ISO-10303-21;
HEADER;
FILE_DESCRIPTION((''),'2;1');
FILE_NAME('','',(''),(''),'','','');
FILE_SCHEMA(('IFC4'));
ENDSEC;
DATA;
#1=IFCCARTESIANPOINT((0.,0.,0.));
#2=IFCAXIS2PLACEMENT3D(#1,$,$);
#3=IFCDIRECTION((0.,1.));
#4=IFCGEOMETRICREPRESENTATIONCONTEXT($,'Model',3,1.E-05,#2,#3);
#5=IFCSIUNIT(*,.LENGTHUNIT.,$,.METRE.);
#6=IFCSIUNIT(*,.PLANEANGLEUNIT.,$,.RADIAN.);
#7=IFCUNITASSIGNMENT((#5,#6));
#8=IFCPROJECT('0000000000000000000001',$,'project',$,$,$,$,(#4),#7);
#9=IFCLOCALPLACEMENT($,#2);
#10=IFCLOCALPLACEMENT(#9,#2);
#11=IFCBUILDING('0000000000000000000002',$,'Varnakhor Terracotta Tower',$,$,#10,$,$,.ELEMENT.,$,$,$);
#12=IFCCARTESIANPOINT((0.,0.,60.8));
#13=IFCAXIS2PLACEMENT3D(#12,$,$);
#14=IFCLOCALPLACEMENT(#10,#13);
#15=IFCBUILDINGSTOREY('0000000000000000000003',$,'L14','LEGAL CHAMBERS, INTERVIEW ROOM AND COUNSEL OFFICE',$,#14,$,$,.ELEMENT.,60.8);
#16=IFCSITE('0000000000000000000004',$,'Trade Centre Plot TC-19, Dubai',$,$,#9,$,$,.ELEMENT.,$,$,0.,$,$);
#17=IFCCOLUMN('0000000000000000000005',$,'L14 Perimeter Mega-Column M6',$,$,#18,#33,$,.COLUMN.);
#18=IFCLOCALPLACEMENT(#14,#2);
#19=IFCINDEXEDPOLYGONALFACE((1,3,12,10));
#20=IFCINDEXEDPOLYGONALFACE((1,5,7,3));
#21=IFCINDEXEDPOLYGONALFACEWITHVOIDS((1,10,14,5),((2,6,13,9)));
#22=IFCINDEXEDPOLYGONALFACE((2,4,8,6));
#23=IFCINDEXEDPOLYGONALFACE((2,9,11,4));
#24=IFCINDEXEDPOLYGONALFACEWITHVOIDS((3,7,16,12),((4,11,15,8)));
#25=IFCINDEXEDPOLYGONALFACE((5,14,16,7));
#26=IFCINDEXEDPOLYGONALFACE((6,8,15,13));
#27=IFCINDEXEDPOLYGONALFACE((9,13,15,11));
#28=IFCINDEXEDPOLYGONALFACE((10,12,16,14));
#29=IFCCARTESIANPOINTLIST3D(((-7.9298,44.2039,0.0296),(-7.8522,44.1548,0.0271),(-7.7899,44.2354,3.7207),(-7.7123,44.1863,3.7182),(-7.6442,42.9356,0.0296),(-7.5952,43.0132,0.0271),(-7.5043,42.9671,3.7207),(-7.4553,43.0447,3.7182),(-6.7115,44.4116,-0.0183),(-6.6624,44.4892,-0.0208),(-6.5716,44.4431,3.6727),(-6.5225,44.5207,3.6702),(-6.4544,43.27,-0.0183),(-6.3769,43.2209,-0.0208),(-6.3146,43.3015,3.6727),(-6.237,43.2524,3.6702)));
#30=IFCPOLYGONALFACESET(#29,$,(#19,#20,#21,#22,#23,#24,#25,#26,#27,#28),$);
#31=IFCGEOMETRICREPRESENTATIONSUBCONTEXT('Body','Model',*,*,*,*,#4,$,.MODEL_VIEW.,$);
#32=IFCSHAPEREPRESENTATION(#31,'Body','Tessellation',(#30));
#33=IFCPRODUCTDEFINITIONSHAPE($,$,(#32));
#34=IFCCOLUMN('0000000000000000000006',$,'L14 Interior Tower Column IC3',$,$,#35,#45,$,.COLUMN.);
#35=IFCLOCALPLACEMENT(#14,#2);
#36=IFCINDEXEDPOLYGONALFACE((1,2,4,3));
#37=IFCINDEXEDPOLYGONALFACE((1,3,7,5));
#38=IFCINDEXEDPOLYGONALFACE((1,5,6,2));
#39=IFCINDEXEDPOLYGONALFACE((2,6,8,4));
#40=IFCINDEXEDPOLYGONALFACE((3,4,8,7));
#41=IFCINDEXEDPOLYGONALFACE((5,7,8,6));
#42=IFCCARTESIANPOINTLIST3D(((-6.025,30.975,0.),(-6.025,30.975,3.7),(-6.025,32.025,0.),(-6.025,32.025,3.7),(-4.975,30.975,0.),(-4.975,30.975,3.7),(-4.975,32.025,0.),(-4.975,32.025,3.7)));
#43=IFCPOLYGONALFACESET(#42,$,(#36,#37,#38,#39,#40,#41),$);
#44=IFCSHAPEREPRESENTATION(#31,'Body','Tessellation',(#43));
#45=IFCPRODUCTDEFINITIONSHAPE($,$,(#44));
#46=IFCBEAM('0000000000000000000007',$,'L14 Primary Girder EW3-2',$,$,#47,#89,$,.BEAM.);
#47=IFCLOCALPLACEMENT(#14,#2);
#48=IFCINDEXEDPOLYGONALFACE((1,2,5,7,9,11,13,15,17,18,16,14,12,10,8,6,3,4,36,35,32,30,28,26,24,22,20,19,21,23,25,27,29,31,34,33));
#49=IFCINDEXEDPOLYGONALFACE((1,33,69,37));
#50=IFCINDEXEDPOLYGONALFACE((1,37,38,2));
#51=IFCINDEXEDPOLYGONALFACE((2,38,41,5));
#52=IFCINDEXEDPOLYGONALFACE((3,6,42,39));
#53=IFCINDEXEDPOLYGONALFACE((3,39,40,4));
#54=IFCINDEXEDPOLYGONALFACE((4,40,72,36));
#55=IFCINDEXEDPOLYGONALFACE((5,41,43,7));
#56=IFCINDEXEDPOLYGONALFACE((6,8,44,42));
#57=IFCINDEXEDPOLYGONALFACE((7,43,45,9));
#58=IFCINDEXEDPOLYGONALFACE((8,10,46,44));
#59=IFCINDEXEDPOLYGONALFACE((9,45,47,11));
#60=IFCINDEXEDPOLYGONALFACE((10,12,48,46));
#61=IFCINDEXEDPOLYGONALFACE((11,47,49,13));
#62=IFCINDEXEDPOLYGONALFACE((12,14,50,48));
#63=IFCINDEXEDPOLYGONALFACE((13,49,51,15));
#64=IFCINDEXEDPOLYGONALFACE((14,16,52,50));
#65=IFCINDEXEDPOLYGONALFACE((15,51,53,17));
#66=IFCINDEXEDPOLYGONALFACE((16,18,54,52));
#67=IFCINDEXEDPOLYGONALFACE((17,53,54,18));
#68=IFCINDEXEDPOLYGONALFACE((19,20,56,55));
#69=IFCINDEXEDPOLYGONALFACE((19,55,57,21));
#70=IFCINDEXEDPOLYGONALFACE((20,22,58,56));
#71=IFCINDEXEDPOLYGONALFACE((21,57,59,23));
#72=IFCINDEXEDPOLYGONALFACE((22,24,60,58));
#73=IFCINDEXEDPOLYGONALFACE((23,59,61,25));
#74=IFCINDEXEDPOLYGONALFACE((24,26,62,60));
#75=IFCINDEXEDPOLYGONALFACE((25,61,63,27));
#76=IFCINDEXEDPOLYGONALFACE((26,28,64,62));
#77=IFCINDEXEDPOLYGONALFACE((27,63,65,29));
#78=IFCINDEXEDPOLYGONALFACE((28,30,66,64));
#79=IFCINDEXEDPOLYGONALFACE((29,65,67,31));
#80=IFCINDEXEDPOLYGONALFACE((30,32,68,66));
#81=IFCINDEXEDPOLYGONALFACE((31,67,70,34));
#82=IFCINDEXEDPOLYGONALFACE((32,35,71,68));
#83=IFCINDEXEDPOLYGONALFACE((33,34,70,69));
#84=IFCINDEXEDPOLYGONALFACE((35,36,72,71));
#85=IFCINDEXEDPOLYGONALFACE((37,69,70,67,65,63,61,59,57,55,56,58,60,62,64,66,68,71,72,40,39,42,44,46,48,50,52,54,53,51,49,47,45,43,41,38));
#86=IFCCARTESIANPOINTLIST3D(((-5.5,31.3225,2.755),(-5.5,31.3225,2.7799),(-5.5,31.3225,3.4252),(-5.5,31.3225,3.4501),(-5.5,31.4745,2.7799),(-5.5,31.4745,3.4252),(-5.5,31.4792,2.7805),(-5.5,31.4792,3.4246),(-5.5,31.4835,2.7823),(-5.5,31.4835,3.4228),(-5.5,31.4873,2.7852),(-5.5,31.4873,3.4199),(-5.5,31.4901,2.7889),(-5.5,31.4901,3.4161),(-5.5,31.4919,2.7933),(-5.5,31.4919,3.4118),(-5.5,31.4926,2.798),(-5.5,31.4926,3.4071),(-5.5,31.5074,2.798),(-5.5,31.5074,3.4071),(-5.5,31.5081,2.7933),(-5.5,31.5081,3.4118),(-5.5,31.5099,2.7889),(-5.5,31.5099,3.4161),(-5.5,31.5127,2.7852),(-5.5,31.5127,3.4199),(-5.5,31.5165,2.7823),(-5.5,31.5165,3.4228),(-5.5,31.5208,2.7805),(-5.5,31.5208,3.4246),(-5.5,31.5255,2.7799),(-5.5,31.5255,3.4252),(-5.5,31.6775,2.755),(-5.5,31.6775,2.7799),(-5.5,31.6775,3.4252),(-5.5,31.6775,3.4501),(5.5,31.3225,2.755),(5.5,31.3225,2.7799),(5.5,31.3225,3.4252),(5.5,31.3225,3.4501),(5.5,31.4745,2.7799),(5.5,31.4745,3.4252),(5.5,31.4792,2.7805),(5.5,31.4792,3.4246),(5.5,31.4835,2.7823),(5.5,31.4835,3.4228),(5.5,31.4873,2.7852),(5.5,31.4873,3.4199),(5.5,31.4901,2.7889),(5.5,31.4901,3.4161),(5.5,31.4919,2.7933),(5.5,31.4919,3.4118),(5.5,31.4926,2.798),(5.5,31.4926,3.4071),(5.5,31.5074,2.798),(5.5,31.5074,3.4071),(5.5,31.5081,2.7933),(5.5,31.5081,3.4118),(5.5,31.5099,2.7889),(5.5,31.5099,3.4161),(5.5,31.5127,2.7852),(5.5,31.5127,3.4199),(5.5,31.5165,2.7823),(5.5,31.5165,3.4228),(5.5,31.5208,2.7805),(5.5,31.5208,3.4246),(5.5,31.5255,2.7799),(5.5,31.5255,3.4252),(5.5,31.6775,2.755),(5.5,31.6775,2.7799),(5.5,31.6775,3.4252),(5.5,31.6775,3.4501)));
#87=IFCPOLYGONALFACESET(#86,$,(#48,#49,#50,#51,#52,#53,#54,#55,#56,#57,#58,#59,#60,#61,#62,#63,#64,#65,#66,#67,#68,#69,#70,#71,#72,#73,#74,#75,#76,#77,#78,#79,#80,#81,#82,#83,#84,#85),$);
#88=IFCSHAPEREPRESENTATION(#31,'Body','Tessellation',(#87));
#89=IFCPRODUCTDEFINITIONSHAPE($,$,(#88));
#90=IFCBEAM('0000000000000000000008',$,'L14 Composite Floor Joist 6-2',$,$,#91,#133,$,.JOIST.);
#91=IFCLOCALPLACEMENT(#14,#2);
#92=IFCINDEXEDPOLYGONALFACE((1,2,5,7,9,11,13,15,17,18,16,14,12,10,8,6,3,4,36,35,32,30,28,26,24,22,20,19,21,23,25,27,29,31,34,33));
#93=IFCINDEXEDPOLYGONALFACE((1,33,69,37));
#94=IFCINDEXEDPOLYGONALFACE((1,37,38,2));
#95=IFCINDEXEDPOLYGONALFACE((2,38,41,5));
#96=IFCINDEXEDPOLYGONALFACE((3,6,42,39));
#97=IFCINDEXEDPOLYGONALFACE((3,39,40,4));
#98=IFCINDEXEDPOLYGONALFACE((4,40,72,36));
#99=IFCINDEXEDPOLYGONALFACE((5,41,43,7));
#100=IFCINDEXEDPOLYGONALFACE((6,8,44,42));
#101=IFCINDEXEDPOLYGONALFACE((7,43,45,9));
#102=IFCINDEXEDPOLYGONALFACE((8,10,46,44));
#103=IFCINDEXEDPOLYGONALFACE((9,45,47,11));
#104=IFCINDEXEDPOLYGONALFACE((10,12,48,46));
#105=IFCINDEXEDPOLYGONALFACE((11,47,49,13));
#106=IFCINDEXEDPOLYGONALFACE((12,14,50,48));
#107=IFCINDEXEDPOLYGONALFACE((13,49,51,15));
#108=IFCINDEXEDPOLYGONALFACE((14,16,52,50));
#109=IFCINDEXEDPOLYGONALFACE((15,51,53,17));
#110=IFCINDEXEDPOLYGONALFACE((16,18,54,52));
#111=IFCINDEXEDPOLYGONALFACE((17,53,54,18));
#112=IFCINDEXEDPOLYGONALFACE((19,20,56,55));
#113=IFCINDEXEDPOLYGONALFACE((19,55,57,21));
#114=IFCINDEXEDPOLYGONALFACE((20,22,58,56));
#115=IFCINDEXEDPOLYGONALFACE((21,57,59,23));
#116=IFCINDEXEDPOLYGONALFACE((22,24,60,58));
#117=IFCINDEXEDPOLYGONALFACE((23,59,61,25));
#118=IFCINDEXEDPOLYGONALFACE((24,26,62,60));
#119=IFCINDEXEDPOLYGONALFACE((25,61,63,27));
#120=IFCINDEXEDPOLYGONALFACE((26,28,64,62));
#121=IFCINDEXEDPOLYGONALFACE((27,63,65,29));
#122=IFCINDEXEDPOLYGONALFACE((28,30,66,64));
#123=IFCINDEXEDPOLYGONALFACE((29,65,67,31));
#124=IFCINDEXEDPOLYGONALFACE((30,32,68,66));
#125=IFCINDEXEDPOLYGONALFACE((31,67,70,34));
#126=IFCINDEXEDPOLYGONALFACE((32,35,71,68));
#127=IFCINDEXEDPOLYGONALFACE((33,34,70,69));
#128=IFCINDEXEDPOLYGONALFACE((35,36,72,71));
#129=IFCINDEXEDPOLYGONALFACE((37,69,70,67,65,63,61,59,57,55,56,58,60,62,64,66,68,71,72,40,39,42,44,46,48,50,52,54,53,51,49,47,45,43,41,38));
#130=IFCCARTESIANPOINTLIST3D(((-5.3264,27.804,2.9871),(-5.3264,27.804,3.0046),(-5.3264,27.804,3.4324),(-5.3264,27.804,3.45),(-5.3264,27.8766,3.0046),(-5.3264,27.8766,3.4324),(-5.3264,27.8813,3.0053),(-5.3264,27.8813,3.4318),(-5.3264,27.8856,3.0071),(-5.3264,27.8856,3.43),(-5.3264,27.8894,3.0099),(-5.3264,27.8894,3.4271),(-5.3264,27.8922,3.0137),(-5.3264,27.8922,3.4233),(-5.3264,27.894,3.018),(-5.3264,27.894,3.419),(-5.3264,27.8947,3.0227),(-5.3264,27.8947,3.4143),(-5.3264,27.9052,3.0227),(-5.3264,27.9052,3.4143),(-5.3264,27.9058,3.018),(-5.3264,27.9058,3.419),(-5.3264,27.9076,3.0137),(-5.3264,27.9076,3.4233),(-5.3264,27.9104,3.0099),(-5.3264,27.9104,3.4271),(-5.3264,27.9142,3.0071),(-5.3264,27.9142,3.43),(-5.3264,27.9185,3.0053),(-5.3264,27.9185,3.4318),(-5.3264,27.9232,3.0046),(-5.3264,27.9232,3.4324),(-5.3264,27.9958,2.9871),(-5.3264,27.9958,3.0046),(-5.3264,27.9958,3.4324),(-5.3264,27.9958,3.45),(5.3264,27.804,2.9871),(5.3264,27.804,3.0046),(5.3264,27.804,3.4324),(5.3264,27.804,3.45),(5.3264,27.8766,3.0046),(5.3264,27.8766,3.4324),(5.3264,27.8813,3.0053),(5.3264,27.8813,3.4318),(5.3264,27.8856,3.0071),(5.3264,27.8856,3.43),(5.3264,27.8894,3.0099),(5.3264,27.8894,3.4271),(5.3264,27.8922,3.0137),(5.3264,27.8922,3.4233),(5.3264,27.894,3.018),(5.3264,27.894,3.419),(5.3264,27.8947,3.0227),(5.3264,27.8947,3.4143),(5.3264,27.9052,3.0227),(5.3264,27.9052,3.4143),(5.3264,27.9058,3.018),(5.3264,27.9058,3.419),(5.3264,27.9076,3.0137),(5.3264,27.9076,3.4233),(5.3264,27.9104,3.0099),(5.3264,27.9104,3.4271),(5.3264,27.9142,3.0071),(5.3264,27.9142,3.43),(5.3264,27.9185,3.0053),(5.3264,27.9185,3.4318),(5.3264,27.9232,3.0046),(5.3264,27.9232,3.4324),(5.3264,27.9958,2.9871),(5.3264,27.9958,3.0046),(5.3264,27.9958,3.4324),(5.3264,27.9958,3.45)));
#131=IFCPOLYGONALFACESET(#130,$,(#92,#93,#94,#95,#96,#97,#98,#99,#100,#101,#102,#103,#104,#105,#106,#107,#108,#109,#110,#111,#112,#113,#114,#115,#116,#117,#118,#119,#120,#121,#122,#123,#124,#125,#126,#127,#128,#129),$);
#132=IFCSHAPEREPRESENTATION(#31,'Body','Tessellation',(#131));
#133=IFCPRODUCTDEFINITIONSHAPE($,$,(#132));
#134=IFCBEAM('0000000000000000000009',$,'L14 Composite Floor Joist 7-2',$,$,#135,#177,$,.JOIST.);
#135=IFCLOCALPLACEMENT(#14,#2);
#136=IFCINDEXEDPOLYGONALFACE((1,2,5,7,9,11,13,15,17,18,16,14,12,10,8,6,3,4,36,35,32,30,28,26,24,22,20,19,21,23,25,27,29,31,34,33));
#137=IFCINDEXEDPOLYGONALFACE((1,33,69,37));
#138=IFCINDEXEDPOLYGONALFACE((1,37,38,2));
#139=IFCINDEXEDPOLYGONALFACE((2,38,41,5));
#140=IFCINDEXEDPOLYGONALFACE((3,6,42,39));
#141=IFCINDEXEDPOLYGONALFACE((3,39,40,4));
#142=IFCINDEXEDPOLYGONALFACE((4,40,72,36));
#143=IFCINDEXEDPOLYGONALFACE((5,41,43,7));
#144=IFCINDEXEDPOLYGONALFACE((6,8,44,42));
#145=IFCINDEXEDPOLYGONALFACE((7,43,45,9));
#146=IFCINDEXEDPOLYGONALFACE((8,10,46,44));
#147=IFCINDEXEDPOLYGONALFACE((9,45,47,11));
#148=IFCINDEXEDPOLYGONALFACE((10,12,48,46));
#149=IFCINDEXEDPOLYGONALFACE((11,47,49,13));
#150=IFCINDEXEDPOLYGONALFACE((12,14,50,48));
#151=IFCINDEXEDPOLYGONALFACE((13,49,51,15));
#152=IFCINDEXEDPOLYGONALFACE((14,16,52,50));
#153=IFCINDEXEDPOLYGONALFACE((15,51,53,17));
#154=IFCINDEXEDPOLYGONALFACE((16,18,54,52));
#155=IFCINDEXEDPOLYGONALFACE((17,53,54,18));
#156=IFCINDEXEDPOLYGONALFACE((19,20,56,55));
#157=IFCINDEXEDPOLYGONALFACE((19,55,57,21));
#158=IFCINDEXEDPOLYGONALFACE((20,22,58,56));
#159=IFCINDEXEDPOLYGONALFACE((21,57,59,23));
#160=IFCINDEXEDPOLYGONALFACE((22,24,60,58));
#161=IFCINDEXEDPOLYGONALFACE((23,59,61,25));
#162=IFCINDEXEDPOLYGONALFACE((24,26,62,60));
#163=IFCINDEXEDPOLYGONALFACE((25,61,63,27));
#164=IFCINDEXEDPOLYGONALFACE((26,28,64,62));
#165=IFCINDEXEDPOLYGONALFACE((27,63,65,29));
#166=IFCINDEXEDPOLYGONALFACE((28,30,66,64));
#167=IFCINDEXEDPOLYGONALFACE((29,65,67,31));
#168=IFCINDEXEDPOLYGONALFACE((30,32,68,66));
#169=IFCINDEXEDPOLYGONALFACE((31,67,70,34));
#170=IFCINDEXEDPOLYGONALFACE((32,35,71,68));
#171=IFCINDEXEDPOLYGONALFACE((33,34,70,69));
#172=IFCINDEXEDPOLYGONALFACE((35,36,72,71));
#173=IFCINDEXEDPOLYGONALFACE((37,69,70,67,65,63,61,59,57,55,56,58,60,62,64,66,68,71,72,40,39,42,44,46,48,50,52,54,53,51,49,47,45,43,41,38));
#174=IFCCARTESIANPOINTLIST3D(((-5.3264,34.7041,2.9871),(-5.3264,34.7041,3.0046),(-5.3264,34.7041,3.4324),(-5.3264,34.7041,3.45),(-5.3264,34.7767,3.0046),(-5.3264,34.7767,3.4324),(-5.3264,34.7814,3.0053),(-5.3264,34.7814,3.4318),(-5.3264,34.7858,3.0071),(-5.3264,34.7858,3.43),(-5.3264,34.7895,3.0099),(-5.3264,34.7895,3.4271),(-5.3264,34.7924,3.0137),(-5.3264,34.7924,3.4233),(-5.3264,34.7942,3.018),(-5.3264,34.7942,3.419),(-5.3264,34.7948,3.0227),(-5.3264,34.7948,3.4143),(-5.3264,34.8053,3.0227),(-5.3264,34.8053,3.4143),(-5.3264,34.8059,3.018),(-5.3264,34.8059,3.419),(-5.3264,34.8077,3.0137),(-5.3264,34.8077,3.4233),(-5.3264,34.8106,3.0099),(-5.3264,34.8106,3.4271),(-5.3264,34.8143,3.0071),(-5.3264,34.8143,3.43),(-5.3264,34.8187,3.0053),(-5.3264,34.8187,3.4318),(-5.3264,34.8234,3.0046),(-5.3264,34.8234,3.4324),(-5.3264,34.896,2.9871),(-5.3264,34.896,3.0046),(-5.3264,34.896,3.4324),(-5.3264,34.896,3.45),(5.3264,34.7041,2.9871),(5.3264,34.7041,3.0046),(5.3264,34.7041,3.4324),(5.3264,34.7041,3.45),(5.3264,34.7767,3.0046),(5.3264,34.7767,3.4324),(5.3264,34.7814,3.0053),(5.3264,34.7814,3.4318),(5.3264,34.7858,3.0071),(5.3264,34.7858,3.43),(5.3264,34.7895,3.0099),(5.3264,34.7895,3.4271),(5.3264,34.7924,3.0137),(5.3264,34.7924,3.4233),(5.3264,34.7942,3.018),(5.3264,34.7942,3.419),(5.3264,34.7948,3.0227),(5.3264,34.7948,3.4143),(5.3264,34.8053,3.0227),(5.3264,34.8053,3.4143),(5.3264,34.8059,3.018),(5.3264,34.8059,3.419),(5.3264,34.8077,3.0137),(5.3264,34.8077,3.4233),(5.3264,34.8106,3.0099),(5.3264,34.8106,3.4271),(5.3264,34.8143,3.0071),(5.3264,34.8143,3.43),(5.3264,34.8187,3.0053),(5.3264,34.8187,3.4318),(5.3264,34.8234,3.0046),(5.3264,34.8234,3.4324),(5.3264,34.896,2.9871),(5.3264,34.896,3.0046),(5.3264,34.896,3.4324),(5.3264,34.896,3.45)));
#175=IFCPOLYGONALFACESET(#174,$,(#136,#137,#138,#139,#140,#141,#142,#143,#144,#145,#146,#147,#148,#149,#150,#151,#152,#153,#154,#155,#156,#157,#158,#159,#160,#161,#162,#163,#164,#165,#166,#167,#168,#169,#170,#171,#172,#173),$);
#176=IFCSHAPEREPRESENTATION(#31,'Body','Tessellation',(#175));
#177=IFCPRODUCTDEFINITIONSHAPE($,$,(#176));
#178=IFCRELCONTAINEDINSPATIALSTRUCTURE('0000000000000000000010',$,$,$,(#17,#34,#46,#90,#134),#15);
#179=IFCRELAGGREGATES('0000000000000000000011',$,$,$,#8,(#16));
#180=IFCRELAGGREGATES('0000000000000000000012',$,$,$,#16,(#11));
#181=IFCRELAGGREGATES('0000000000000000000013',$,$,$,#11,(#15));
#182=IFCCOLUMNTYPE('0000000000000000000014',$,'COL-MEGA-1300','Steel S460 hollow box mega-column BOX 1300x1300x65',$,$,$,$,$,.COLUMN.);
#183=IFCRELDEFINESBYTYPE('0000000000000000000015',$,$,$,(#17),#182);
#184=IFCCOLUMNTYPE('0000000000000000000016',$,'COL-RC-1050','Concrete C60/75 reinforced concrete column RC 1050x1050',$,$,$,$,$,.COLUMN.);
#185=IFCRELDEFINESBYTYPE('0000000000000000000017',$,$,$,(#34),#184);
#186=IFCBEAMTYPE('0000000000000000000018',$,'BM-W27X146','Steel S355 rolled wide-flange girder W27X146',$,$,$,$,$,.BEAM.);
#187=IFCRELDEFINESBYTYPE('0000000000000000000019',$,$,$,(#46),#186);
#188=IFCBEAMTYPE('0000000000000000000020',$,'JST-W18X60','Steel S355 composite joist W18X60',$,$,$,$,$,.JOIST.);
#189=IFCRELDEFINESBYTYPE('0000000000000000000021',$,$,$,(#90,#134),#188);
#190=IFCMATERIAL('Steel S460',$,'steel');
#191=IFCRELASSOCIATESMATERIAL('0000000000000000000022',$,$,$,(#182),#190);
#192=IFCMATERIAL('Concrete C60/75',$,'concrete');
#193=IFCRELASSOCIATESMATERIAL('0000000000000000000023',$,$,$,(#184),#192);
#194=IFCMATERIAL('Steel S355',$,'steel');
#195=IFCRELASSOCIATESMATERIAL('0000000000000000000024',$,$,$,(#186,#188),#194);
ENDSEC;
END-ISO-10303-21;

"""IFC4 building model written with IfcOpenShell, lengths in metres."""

from ifc_helpers import new_model, si_unit, direction, frame, origin, origin_2d, place, context, subcontext, project, spatial, rectangle, hollow_rectangle, i_section, extrude, source, transform, mapped, material, material_profile, profile_set, type_object, element, save


model = new_model("IFC4")

# Units and contexts
model_context = context("Model", 3, precision=1e-05, world=origin(), true_north=direction((0.0, 1.0)))
body_context = subcontext(model_context, "Body", "Model", "MODEL_VIEW")
ifc_project = project(units=[si_unit("LENGTHUNIT", "METRE"), si_unit("PLANEANGLEUNIT", "RADIAN")], contexts=[model_context])

# Site, building, storey
site_placement = place(None, origin())
site = spatial("IfcSite", under=ifc_project, at=site_placement, Name="Trade Centre Plot TC-19, Dubai", CompositionType="ELEMENT", RefElevation=0.0)
building_placement = place(site_placement, origin())
building = spatial("IfcBuilding", under=site, at=building_placement, Name="Varnakhor Terracotta Tower", CompositionType="ELEMENT")
storey_placement = place(building_placement, frame((0.0, 0.0, 60.8)))
storey = spatial("IfcBuildingStorey", under=building, at=storey_placement, Name="L14", Description="LEGAL CHAMBERS, INTERVIEW ROOM AND COUNSEL OFFICE", CompositionType="ELEMENT", Elevation=60.8)

# Columns
ifc_material_1 = material(Name="Steel S460", Category="steel")
ifc_material_profile_1 = material_profile(ifc_material_1, hollow_rectangle(XDim=1.3, YDim=1.3, WallThickness=0.0649, at=origin_2d()), Name="BOX 1300x1300x65")
ifc_profile_set_1 = profile_set([ifc_material_profile_1], Name="Steel S460")
column_type_1 = type_object("IfcColumnType", Name="COL-MEGA-1300", Description="Steel S460 hollow box mega-column BOX 1300x1300x65", PredefinedType="COLUMN", material=ifc_profile_set_1)
shared_shape_1 = source(origin(), body_context, "Body", "SweptSolid", [
    extrude(hollow_rectangle(XDim=1.3, YDim=1.3, WallThickness=0.0649, at=origin_2d()), origin(), (0.0, 0.0, 1.0), 3.6938),
])
column_1_placement = place(storey_placement, frame((-7.1533, 43.7124, 0.0044), z_axis=(0.037871, 0.008526, 0.999246), x_axis=(-0.219634, 0.975582, 0.0)))
element("IfcColumn", 1, at=column_1_placement, inside=storey, type_object=column_type_1, Name="L14 Perimeter Mega-Column M6", PredefinedType="COLUMN", context=body_context, shape_type="MappedRepresentation", body=[
    mapped(shared_shape_1, transform((0.0, 0.0, 0.0), scale=1.0)),
])
ifc_material_2 = material(Name="Concrete C60/75", Category="concrete")
ifc_material_profile_2 = material_profile(ifc_material_2, rectangle(XDim=1.05, YDim=1.05, at=origin_2d()), Name="RC 1050x1050")
ifc_profile_set_2 = profile_set([ifc_material_profile_2], Name="Concrete C60/75")
column_type_2 = type_object("IfcColumnType", Name="COL-RC-1050", Description="Concrete C60/75 reinforced concrete column RC 1050x1050", PredefinedType="COLUMN", material=ifc_profile_set_2)
shared_shape_2 = source(origin(), body_context, "Body", "SweptSolid", [
    extrude(rectangle(XDim=1.05, YDim=1.05, at=origin_2d()), origin(), (0.0, 0.0, 1.0), 3.7),
])
column_2_placement = place(storey_placement, frame((-5.5, 31.5, 0.0), z_axis=(0.0, 0.0, 1.0), x_axis=(1.0, 0.0, 0.0)))
element("IfcColumn", 2, at=column_2_placement, inside=storey, type_object=column_type_2, Name="L14 Interior Tower Column IC3", PredefinedType="COLUMN", context=body_context, shape_type="MappedRepresentation", body=[
    mapped(shared_shape_2, transform((0.0, 0.0, 0.0), scale=1.0)),
])

# Beams
ifc_material_3 = material(Name="Steel S355", Category="steel")
ifc_material_profile_3 = material_profile(ifc_material_3, i_section(OverallWidth=0.355, OverallDepth=0.6951, WebThickness=0.0149, FlangeThickness=0.0249, FilletRadius=0.0181, at=origin_2d()), Name="W27X146")
ifc_profile_set_3 = profile_set([ifc_material_profile_3], Name="Steel S355")
beam_type_1 = type_object("IfcBeamType", Name="BM-W27X146", Description="Steel S355 rolled wide-flange girder W27X146", PredefinedType="BEAM", material=ifc_profile_set_3)
shared_shape_3 = source(origin(), body_context, "Body", "SweptSolid", [
    extrude(i_section(OverallWidth=0.355, OverallDepth=0.6951, WebThickness=0.0149, FlangeThickness=0.0249, FilletRadius=0.0181, at=origin_2d()), origin(), (0.0, 0.0, 1.0), 11.0),
])
beam_1_placement = place(storey_placement, frame((-5.5, 31.5, 3.1025), z_axis=(1.0, 0.0, 0.0), x_axis=(0.0, 1.0, 0.0)))
element("IfcBeam", 3, at=beam_1_placement, inside=storey, type_object=beam_type_1, Name="L14 Primary Girder EW3-2", PredefinedType="BEAM", context=body_context, shape_type="MappedRepresentation", body=[
    mapped(shared_shape_3, transform((0.0, 0.0, 0.0), scale=1.0)),
])
ifc_material_profile_4 = material_profile(ifc_material_3, i_section(OverallWidth=0.1919, OverallDepth=0.4629, WebThickness=0.0105, FlangeThickness=0.0176, FilletRadius=0.0181, at=origin_2d()), Name="W18X60")
ifc_profile_set_4 = profile_set([ifc_material_profile_4], Name="Steel S355")
beam_type_2 = type_object("IfcBeamType", Name="JST-W18X60", Description="Steel S355 composite joist W18X60", PredefinedType="JOIST", material=ifc_profile_set_4)
shared_shape_4 = source(origin(), body_context, "Body", "SweptSolid", [
    extrude(i_section(OverallWidth=0.1919, OverallDepth=0.4629, WebThickness=0.0105, FlangeThickness=0.0176, FilletRadius=0.0181, at=origin_2d()), origin(), (0.0, 0.0, 1.0), 10.6528),
])
for number, where, z_axis, x_axis, name in (
    (4, (-5.3264, 27.8999, 3.2185), (1.0, 0.0, 0.0), (0.0, 1.0, 0.0), "L14 Composite Floor Joist 6-2"),
    (5, (-5.3264, 34.8, 3.2185), (1.0, 0.0, 0.0), (0.0, 1.0, 0.0), "L14 Composite Floor Joist 7-2"),
):
    element("IfcBeam", number, at=place(storey_placement, frame(where, z_axis=z_axis, x_axis=x_axis)), inside=storey, type_object=beam_type_2, Name=name, PredefinedType="JOIST", context=body_context, shape_type="MappedRepresentation", body=[
        mapped(shared_shape_4, transform((0.0, 0.0, 0.0), scale=1.0)),
    ])

save(model, "model.ifc")
